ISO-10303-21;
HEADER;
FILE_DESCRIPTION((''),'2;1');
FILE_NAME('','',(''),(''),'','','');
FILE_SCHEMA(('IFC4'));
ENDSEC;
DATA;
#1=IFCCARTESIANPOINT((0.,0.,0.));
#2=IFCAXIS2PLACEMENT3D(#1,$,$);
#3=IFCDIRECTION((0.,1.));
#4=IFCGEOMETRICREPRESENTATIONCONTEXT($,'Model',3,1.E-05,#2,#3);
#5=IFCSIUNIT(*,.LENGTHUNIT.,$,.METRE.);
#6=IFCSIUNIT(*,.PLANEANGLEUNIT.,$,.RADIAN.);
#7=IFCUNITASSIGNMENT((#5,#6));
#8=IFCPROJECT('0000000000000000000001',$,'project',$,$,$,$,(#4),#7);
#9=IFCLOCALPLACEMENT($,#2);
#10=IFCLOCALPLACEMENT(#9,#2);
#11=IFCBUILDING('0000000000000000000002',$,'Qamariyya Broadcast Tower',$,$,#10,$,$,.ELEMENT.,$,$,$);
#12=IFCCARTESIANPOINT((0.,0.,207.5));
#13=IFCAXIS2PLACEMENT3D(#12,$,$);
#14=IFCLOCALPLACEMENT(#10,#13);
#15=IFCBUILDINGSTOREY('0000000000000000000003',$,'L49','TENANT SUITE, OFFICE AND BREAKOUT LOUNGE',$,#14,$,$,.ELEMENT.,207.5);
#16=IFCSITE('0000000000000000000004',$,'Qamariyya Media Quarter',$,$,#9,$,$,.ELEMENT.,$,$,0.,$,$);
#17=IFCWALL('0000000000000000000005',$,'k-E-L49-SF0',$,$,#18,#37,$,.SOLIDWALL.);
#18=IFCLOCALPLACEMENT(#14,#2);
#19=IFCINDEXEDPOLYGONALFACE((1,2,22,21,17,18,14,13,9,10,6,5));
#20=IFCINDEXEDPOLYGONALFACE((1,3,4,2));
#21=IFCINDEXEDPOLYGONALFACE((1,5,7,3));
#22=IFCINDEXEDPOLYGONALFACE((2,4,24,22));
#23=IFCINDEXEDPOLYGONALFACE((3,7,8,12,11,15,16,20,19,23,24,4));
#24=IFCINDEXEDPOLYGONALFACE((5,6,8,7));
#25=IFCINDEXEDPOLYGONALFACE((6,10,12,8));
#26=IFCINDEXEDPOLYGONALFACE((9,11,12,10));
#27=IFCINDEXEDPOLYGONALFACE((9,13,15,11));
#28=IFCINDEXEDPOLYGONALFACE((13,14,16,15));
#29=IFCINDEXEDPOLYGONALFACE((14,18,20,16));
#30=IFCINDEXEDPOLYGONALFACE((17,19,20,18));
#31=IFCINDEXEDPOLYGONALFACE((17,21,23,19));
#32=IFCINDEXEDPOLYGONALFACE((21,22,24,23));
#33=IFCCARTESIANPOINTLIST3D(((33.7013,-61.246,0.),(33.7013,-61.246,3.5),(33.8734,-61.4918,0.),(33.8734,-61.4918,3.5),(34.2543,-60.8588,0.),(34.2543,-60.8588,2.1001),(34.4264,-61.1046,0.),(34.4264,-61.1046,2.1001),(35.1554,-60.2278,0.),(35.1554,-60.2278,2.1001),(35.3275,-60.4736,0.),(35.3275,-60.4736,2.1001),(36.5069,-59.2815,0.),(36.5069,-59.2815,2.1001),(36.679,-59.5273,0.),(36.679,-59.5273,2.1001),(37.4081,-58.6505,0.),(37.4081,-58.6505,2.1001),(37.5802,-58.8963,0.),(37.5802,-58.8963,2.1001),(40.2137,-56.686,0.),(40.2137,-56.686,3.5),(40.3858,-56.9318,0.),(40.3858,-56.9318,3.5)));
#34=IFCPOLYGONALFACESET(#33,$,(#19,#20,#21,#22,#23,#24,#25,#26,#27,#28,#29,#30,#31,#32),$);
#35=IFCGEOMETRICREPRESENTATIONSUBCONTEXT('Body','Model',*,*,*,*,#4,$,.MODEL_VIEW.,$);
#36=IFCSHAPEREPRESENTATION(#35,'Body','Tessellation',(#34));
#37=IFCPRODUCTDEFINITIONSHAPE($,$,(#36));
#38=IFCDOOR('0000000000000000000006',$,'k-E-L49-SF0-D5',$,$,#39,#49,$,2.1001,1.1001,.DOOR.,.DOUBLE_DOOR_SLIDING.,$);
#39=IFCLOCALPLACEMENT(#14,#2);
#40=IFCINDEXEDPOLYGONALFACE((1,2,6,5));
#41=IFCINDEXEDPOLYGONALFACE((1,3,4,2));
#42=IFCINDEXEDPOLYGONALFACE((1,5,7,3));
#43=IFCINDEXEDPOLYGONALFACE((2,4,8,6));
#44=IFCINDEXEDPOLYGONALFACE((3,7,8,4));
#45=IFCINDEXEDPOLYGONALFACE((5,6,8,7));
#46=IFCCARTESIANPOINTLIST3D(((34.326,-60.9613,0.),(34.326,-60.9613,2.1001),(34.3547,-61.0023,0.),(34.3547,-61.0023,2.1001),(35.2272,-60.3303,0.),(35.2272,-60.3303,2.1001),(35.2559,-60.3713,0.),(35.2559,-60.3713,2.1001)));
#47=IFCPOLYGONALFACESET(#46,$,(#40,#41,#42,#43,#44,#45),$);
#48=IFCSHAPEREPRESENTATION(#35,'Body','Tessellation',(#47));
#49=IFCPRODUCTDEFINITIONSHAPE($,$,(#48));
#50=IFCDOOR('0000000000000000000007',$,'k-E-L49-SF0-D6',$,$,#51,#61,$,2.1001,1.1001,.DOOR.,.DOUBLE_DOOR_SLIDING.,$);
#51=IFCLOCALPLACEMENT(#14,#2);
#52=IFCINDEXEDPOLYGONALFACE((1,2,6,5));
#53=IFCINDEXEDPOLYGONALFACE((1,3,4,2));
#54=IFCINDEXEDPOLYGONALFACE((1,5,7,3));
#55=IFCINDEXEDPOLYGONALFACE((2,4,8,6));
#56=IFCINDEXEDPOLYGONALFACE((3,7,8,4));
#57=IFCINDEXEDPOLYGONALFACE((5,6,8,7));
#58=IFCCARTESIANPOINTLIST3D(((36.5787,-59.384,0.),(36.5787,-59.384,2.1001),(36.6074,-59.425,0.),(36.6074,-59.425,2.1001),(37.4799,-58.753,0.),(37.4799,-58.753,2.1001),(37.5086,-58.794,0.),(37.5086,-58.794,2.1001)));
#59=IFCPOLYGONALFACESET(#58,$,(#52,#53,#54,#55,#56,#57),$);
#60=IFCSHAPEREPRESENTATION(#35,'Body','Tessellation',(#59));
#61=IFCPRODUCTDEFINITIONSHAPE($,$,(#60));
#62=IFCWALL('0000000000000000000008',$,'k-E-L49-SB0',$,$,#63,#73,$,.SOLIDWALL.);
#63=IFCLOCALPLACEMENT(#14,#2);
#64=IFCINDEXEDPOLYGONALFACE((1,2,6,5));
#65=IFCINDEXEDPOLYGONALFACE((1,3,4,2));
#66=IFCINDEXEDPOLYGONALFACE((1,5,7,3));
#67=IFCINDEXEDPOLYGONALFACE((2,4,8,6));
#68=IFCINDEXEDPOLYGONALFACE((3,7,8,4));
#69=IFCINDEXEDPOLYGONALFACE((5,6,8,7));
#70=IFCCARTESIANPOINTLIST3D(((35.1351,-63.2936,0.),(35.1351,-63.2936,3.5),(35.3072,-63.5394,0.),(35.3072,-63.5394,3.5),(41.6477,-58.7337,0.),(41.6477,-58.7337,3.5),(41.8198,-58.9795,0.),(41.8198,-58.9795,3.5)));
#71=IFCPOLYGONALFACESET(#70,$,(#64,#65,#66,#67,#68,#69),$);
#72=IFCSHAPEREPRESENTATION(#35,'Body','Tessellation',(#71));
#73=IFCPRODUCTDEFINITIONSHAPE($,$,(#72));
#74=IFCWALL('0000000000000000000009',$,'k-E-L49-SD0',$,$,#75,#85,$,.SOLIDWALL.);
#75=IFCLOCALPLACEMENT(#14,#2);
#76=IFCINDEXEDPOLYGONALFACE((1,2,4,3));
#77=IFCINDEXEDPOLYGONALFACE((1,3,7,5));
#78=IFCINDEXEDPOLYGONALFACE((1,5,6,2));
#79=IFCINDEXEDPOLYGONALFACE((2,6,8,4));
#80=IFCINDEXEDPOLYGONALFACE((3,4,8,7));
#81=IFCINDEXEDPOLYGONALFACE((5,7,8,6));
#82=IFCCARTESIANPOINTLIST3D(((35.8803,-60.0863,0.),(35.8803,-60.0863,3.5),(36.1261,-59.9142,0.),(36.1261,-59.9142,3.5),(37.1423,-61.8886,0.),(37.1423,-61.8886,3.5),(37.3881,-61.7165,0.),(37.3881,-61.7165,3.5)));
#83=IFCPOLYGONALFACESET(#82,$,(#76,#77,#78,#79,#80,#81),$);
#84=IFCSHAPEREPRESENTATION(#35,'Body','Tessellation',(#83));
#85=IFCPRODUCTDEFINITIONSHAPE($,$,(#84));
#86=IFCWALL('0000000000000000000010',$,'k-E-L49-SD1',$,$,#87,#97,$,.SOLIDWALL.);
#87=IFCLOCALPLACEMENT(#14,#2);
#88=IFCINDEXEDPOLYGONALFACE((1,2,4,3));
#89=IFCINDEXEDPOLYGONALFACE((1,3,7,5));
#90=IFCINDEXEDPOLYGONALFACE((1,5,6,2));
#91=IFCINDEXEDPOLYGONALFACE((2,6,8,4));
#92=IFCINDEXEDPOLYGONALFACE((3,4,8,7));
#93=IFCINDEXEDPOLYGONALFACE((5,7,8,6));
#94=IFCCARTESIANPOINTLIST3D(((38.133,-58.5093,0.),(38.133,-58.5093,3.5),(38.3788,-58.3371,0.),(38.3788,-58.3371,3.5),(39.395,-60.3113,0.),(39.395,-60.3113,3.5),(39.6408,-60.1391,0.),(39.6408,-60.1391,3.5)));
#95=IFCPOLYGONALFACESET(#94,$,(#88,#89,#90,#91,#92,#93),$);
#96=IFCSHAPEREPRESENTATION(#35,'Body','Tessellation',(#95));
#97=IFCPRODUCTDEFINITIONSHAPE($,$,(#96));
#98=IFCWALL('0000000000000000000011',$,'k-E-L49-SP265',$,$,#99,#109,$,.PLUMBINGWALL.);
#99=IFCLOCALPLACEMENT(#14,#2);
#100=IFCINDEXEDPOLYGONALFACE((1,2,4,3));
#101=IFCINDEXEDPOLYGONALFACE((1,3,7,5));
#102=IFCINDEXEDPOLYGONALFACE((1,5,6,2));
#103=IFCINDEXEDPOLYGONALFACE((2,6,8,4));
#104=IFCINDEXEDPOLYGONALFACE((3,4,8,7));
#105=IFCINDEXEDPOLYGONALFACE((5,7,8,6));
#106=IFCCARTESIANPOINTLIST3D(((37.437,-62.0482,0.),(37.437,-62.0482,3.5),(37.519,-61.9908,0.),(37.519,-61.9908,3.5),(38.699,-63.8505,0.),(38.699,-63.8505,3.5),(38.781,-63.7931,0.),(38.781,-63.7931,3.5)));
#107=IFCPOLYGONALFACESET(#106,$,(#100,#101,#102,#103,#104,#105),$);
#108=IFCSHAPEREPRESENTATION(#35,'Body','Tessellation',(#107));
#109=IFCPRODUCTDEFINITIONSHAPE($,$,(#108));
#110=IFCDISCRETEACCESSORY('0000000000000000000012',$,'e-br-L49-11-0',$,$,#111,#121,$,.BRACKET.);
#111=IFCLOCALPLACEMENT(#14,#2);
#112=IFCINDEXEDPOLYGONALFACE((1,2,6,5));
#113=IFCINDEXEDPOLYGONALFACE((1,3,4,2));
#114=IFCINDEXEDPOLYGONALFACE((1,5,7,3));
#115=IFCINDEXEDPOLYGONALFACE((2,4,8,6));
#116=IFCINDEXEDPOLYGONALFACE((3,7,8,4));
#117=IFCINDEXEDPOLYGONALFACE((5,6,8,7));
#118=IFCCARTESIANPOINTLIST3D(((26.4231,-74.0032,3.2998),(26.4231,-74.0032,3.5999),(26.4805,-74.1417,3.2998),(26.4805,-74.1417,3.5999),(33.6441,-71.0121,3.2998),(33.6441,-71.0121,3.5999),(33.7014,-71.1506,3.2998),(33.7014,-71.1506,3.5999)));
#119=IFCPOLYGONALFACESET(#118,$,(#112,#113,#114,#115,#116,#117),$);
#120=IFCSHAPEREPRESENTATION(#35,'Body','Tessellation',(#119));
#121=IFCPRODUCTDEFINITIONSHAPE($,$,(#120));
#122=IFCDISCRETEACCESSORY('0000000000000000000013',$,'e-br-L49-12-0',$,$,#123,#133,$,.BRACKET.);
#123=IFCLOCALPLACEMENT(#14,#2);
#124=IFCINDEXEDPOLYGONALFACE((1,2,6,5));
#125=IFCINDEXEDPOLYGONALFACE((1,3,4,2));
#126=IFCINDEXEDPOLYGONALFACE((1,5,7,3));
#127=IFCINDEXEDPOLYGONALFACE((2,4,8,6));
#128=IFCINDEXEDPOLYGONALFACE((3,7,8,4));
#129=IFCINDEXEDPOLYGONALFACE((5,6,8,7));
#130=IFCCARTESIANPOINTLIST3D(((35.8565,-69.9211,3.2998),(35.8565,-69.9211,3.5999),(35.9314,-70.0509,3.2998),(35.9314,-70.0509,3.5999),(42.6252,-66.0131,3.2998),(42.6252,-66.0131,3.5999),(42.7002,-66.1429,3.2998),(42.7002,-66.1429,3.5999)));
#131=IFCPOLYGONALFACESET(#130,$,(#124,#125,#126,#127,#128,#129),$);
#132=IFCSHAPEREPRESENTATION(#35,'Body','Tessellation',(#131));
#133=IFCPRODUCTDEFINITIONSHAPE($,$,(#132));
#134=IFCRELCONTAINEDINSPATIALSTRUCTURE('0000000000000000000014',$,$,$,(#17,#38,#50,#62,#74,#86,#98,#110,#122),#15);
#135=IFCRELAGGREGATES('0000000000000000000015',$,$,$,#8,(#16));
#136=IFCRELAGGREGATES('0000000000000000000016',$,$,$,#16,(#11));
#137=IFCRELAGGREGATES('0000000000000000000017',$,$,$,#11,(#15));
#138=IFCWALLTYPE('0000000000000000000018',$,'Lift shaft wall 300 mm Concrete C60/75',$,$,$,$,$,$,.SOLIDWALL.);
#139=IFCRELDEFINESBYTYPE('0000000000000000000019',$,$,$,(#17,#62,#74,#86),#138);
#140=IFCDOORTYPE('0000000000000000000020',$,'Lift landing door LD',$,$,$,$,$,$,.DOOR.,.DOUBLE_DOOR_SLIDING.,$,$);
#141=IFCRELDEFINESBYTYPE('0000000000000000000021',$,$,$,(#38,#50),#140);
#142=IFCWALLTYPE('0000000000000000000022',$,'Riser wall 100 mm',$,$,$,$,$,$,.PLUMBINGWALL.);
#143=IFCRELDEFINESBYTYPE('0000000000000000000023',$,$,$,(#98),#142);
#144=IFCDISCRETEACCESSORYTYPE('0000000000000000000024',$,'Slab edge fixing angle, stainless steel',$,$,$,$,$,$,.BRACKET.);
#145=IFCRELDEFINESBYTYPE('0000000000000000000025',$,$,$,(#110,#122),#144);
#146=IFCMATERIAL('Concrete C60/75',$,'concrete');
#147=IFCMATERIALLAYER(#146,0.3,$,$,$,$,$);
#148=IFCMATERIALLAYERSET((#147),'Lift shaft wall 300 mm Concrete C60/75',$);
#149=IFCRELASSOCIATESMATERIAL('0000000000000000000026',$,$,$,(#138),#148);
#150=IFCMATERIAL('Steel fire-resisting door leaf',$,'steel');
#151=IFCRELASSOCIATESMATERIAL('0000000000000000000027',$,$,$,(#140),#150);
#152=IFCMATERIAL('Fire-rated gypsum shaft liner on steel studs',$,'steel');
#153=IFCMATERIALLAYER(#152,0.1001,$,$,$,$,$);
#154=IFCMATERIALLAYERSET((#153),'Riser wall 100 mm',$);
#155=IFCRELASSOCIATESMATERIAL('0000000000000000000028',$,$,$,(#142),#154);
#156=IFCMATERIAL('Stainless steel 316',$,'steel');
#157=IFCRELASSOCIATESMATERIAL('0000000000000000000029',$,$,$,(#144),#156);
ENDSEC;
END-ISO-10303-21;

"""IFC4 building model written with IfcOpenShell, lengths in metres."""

from ifc_helpers import new_model, si_unit, direction, frame, frame_2d, origin, origin_2d, place, context, subcontext, project, spatial, rectangle, extrude, material, layer, layer_set, type_object, element, fill, save


model = new_model("IFC4")

# Units and contexts
model_context = context("Model", 3, precision=1e-05, world=origin(), true_north=direction((0.0, 1.0)))
body_context = subcontext(model_context, "Body", "Model", "MODEL_VIEW")
ifc_project = project(units=[si_unit("LENGTHUNIT", "METRE"), si_unit("PLANEANGLEUNIT", "RADIAN")], contexts=[model_context])

# Site, building, storey
site_placement = place(None, origin())
site = spatial("IfcSite", under=ifc_project, at=site_placement, Name="Qamariyya Media Quarter", CompositionType="ELEMENT", RefElevation=0.0)
building_placement = place(site_placement, origin())
building = spatial("IfcBuilding", under=site, at=building_placement, Name="Qamariyya Broadcast Tower", CompositionType="ELEMENT")
storey_placement = place(building_placement, frame((0.0, 0.0, 207.5)))
storey = spatial("IfcBuildingStorey", under=building, at=storey_placement, Name="L49", Description="TENANT SUITE, OFFICE AND BREAKOUT LOUNGE", CompositionType="ELEMENT", Elevation=207.5)

# Shared definitions
ifc_material_1 = material(Name="Concrete C60/75", Category="concrete")

# Shared definitions
ifc_material_2 = material(Name="Steel fire-resisting door leaf", Category="steel")

# Shared definitions
ifc_layer_1 = layer(ifc_material_1, 0.3)
ifc_layer_set_1 = layer_set([ifc_layer_1], Name="Lift shaft wall 300 mm Concrete C60/75")
wall_type_1 = type_object("IfcWallType", Name="Lift shaft wall 300 mm Concrete C60/75", PredefinedType="SOLIDWALL", material=ifc_layer_set_1)

# Wall, openings, doors
wall_1_placement = place(storey_placement, frame((33.7874, -61.3689, 0.0), z_axis=(0.0, 0.0, 1.0), x_axis=(0.819153, 0.573576, 0.0)))
wall_1 = element("IfcWall", 1, at=wall_1_placement, inside=storey, type_object=wall_type_1, Name="k-E-L49-SF0", PredefinedType="SOLIDWALL", context=body_context, shape_type="SweptSolid", body=[
    extrude(rectangle(XDim=7.9502, YDim=0.3, at=frame_2d((3.9751, 0.0))), origin(), (0.0, 0.0, 1.0), 3.5),
])
opening_1_placement = place(wall_1_placement, frame((0.675, 0.0, 0.0)))
opening_1 = element("IfcOpeningElement", 2, at=opening_1_placement, cuts=wall_1, PredefinedType="OPENING", context=body_context, shape_type="SweptSolid", body=[
    extrude(rectangle(XDim=1.1001, YDim=2.1001, at=frame_2d((0.55, 1.05))), frame((0.0, 0.1599, 0.0), z_axis=(0.0, -1.0, 0.0), x_axis=(1.0, 0.0, 0.0)), (0.0, 0.0, 1.0), 0.3201),
])
opening_2_placement = place(wall_1_placement, frame((3.425, 0.0, 0.0)))
opening_2 = element("IfcOpeningElement", 3, at=opening_2_placement, cuts=wall_1, PredefinedType="OPENING", context=body_context, shape_type="SweptSolid", body=[
    extrude(rectangle(XDim=1.1001, YDim=2.1001, at=frame_2d((0.55, 1.05))), frame((0.0, 0.1599, 0.0), z_axis=(0.0, -1.0, 0.0), x_axis=(1.0, 0.0, 0.0)), (0.0, 0.0, 1.0), 0.3201),
])
door_type_1 = type_object("IfcDoorType", Name="Lift landing door LD", OperationType="DOUBLE_DOOR_SLIDING", PredefinedType="DOOR", material=ifc_material_2)
door_1_placement = place(opening_1_placement, origin())
door_1 = element("IfcDoor", 4, at=door_1_placement, inside=storey, type_object=door_type_1, Name="k-E-L49-SF0-D5", OperationType="DOUBLE_DOOR_SLIDING", OverallHeight=2.1001, OverallWidth=1.1001, PredefinedType="DOOR", context=body_context, shape_type="SweptSolid", body=[
    extrude(rectangle(XDim=1.1001, YDim=2.1001, at=frame_2d((0.55, 1.05))), frame((0.0, 0.0249, 0.0), z_axis=(0.0, -1.0, 0.0), x_axis=(1.0, 0.0, 0.0)), (0.0, 0.0, 1.0), 0.05),
])
fill(opening_1, door_1)
door_2_placement = place(opening_2_placement, origin())
door_2 = element("IfcDoor", 5, at=door_2_placement, inside=storey, type_object=door_type_1, Name="k-E-L49-SF0-D6", OperationType="DOUBLE_DOOR_SLIDING", OverallHeight=2.1001, OverallWidth=1.1001, PredefinedType="DOOR", context=body_context, shape_type="SweptSolid", body=[
    extrude(rectangle(XDim=1.1001, YDim=2.1001, at=frame_2d((0.55, 1.05))), frame((0.0, 0.0249, 0.0), z_axis=(0.0, -1.0, 0.0), x_axis=(1.0, 0.0, 0.0)), (0.0, 0.0, 1.0), 0.05),
])
fill(opening_2, door_2)

# Walls
wall_2_placement = place(storey_placement, frame((35.2212, -63.4165, 0.0), z_axis=(0.0, 0.0, 1.0), x_axis=(0.819167, 0.573555, 0.0)))
element("IfcWall", 6, at=wall_2_placement, inside=storey, type_object=wall_type_1, Name="k-E-L49-SB0", PredefinedType="SOLIDWALL", context=body_context, shape_type="SweptSolid", body=[
    extrude(rectangle(XDim=7.9502, YDim=0.3, at=frame_2d((3.9751, 0.0))), origin(), (0.0, 0.0, 1.0), 3.5),
])
wall_3_placement = place(storey_placement, frame((36.0032, -60.0002, 0.0), z_axis=(0.0, 0.0, 1.0), x_axis=(0.573581, -0.819149, 0.0)))
element("IfcWall", 7, at=wall_3_placement, inside=storey, type_object=wall_type_1, Name="k-E-L49-SD0", PredefinedType="SOLIDWALL", context=body_context, shape_type="SweptSolid", body=[
    extrude(rectangle(XDim=2.2002, YDim=0.3, at=frame_2d((1.1001, 0.0))), origin(), (0.0, 0.0, 1.0), 3.5),
])
wall_4_placement = place(storey_placement, frame((38.2559, -58.4231, 0.0), z_axis=(0.0, 0.0, 1.0), x_axis=(0.573634, -0.819112, 0.0)))
element("IfcWall", 8, at=wall_4_placement, inside=storey, type_object=wall_type_1, Name="k-E-L49-SD1", PredefinedType="SOLIDWALL", context=body_context, shape_type="SweptSolid", body=[
    extrude(rectangle(XDim=2.2, YDim=0.3, at=frame_2d((1.1001, 0.0))), origin(), (0.0, 0.0, 1.0), 3.5),
])
ifc_material_3 = material(Name="Fire-rated gypsum shaft liner on steel studs", Category="steel")
ifc_layer_2 = layer(ifc_material_3, 0.1001)
ifc_layer_set_2 = layer_set([ifc_layer_2], Name="Riser wall 100 mm")
wall_type_2 = type_object("IfcWallType", Name="Riser wall 100 mm", PredefinedType="PLUMBINGWALL", material=ifc_layer_set_2)
wall_5_placement = place(storey_placement, frame((37.478, -62.0195, 0.0), z_axis=(0.0, 0.0, 1.0), x_axis=(0.573581, -0.819149, 0.0)))
element("IfcWall", 9, at=wall_5_placement, inside=storey, type_object=wall_type_2, Name="k-E-L49-SP265", PredefinedType="PLUMBINGWALL", context=body_context, shape_type="SweptSolid", body=[
    extrude(rectangle(XDim=2.2002, YDim=0.1001, at=frame_2d((1.1001, 0.0))), origin(), (0.0, 0.0, 1.0), 3.5),
])

# Discrete accessories
ifc_material_4 = material(Name="Stainless steel 316", Category="steel")
discrete_accessory_type = type_object("IfcDiscreteAccessoryType", Name="Slab edge fixing angle, stainless steel", PredefinedType="BRACKET", material=ifc_material_4)
for number, where, z_axis, x_axis, name in (
    (10, (30.0623, -72.5769, 3.2998), (0.0, 0.0, 1.0), (0.92388, 0.382683, 0.0), "e-br-L49-11-0"),
    (11, (39.2783, -68.032, 3.2998), (0.0, 0.0, 1.0), (0.866025, 0.5, 0.0), "e-br-L49-12-0"),
):
    element("IfcDiscreteAccessory", number, at=place(storey_placement, frame(where, z_axis=z_axis, x_axis=x_axis)), inside=storey, type_object=discrete_accessory_type, Name=name, PredefinedType="BRACKET", context=body_context, shape_type="SweptSolid", body=[
        extrude(rectangle(XDim=7.8159, YDim=0.1499, at=origin_2d()), origin(), (0.0, 0.0, 1.0), 0.3),
    ])

save(model, "model.ifc")
